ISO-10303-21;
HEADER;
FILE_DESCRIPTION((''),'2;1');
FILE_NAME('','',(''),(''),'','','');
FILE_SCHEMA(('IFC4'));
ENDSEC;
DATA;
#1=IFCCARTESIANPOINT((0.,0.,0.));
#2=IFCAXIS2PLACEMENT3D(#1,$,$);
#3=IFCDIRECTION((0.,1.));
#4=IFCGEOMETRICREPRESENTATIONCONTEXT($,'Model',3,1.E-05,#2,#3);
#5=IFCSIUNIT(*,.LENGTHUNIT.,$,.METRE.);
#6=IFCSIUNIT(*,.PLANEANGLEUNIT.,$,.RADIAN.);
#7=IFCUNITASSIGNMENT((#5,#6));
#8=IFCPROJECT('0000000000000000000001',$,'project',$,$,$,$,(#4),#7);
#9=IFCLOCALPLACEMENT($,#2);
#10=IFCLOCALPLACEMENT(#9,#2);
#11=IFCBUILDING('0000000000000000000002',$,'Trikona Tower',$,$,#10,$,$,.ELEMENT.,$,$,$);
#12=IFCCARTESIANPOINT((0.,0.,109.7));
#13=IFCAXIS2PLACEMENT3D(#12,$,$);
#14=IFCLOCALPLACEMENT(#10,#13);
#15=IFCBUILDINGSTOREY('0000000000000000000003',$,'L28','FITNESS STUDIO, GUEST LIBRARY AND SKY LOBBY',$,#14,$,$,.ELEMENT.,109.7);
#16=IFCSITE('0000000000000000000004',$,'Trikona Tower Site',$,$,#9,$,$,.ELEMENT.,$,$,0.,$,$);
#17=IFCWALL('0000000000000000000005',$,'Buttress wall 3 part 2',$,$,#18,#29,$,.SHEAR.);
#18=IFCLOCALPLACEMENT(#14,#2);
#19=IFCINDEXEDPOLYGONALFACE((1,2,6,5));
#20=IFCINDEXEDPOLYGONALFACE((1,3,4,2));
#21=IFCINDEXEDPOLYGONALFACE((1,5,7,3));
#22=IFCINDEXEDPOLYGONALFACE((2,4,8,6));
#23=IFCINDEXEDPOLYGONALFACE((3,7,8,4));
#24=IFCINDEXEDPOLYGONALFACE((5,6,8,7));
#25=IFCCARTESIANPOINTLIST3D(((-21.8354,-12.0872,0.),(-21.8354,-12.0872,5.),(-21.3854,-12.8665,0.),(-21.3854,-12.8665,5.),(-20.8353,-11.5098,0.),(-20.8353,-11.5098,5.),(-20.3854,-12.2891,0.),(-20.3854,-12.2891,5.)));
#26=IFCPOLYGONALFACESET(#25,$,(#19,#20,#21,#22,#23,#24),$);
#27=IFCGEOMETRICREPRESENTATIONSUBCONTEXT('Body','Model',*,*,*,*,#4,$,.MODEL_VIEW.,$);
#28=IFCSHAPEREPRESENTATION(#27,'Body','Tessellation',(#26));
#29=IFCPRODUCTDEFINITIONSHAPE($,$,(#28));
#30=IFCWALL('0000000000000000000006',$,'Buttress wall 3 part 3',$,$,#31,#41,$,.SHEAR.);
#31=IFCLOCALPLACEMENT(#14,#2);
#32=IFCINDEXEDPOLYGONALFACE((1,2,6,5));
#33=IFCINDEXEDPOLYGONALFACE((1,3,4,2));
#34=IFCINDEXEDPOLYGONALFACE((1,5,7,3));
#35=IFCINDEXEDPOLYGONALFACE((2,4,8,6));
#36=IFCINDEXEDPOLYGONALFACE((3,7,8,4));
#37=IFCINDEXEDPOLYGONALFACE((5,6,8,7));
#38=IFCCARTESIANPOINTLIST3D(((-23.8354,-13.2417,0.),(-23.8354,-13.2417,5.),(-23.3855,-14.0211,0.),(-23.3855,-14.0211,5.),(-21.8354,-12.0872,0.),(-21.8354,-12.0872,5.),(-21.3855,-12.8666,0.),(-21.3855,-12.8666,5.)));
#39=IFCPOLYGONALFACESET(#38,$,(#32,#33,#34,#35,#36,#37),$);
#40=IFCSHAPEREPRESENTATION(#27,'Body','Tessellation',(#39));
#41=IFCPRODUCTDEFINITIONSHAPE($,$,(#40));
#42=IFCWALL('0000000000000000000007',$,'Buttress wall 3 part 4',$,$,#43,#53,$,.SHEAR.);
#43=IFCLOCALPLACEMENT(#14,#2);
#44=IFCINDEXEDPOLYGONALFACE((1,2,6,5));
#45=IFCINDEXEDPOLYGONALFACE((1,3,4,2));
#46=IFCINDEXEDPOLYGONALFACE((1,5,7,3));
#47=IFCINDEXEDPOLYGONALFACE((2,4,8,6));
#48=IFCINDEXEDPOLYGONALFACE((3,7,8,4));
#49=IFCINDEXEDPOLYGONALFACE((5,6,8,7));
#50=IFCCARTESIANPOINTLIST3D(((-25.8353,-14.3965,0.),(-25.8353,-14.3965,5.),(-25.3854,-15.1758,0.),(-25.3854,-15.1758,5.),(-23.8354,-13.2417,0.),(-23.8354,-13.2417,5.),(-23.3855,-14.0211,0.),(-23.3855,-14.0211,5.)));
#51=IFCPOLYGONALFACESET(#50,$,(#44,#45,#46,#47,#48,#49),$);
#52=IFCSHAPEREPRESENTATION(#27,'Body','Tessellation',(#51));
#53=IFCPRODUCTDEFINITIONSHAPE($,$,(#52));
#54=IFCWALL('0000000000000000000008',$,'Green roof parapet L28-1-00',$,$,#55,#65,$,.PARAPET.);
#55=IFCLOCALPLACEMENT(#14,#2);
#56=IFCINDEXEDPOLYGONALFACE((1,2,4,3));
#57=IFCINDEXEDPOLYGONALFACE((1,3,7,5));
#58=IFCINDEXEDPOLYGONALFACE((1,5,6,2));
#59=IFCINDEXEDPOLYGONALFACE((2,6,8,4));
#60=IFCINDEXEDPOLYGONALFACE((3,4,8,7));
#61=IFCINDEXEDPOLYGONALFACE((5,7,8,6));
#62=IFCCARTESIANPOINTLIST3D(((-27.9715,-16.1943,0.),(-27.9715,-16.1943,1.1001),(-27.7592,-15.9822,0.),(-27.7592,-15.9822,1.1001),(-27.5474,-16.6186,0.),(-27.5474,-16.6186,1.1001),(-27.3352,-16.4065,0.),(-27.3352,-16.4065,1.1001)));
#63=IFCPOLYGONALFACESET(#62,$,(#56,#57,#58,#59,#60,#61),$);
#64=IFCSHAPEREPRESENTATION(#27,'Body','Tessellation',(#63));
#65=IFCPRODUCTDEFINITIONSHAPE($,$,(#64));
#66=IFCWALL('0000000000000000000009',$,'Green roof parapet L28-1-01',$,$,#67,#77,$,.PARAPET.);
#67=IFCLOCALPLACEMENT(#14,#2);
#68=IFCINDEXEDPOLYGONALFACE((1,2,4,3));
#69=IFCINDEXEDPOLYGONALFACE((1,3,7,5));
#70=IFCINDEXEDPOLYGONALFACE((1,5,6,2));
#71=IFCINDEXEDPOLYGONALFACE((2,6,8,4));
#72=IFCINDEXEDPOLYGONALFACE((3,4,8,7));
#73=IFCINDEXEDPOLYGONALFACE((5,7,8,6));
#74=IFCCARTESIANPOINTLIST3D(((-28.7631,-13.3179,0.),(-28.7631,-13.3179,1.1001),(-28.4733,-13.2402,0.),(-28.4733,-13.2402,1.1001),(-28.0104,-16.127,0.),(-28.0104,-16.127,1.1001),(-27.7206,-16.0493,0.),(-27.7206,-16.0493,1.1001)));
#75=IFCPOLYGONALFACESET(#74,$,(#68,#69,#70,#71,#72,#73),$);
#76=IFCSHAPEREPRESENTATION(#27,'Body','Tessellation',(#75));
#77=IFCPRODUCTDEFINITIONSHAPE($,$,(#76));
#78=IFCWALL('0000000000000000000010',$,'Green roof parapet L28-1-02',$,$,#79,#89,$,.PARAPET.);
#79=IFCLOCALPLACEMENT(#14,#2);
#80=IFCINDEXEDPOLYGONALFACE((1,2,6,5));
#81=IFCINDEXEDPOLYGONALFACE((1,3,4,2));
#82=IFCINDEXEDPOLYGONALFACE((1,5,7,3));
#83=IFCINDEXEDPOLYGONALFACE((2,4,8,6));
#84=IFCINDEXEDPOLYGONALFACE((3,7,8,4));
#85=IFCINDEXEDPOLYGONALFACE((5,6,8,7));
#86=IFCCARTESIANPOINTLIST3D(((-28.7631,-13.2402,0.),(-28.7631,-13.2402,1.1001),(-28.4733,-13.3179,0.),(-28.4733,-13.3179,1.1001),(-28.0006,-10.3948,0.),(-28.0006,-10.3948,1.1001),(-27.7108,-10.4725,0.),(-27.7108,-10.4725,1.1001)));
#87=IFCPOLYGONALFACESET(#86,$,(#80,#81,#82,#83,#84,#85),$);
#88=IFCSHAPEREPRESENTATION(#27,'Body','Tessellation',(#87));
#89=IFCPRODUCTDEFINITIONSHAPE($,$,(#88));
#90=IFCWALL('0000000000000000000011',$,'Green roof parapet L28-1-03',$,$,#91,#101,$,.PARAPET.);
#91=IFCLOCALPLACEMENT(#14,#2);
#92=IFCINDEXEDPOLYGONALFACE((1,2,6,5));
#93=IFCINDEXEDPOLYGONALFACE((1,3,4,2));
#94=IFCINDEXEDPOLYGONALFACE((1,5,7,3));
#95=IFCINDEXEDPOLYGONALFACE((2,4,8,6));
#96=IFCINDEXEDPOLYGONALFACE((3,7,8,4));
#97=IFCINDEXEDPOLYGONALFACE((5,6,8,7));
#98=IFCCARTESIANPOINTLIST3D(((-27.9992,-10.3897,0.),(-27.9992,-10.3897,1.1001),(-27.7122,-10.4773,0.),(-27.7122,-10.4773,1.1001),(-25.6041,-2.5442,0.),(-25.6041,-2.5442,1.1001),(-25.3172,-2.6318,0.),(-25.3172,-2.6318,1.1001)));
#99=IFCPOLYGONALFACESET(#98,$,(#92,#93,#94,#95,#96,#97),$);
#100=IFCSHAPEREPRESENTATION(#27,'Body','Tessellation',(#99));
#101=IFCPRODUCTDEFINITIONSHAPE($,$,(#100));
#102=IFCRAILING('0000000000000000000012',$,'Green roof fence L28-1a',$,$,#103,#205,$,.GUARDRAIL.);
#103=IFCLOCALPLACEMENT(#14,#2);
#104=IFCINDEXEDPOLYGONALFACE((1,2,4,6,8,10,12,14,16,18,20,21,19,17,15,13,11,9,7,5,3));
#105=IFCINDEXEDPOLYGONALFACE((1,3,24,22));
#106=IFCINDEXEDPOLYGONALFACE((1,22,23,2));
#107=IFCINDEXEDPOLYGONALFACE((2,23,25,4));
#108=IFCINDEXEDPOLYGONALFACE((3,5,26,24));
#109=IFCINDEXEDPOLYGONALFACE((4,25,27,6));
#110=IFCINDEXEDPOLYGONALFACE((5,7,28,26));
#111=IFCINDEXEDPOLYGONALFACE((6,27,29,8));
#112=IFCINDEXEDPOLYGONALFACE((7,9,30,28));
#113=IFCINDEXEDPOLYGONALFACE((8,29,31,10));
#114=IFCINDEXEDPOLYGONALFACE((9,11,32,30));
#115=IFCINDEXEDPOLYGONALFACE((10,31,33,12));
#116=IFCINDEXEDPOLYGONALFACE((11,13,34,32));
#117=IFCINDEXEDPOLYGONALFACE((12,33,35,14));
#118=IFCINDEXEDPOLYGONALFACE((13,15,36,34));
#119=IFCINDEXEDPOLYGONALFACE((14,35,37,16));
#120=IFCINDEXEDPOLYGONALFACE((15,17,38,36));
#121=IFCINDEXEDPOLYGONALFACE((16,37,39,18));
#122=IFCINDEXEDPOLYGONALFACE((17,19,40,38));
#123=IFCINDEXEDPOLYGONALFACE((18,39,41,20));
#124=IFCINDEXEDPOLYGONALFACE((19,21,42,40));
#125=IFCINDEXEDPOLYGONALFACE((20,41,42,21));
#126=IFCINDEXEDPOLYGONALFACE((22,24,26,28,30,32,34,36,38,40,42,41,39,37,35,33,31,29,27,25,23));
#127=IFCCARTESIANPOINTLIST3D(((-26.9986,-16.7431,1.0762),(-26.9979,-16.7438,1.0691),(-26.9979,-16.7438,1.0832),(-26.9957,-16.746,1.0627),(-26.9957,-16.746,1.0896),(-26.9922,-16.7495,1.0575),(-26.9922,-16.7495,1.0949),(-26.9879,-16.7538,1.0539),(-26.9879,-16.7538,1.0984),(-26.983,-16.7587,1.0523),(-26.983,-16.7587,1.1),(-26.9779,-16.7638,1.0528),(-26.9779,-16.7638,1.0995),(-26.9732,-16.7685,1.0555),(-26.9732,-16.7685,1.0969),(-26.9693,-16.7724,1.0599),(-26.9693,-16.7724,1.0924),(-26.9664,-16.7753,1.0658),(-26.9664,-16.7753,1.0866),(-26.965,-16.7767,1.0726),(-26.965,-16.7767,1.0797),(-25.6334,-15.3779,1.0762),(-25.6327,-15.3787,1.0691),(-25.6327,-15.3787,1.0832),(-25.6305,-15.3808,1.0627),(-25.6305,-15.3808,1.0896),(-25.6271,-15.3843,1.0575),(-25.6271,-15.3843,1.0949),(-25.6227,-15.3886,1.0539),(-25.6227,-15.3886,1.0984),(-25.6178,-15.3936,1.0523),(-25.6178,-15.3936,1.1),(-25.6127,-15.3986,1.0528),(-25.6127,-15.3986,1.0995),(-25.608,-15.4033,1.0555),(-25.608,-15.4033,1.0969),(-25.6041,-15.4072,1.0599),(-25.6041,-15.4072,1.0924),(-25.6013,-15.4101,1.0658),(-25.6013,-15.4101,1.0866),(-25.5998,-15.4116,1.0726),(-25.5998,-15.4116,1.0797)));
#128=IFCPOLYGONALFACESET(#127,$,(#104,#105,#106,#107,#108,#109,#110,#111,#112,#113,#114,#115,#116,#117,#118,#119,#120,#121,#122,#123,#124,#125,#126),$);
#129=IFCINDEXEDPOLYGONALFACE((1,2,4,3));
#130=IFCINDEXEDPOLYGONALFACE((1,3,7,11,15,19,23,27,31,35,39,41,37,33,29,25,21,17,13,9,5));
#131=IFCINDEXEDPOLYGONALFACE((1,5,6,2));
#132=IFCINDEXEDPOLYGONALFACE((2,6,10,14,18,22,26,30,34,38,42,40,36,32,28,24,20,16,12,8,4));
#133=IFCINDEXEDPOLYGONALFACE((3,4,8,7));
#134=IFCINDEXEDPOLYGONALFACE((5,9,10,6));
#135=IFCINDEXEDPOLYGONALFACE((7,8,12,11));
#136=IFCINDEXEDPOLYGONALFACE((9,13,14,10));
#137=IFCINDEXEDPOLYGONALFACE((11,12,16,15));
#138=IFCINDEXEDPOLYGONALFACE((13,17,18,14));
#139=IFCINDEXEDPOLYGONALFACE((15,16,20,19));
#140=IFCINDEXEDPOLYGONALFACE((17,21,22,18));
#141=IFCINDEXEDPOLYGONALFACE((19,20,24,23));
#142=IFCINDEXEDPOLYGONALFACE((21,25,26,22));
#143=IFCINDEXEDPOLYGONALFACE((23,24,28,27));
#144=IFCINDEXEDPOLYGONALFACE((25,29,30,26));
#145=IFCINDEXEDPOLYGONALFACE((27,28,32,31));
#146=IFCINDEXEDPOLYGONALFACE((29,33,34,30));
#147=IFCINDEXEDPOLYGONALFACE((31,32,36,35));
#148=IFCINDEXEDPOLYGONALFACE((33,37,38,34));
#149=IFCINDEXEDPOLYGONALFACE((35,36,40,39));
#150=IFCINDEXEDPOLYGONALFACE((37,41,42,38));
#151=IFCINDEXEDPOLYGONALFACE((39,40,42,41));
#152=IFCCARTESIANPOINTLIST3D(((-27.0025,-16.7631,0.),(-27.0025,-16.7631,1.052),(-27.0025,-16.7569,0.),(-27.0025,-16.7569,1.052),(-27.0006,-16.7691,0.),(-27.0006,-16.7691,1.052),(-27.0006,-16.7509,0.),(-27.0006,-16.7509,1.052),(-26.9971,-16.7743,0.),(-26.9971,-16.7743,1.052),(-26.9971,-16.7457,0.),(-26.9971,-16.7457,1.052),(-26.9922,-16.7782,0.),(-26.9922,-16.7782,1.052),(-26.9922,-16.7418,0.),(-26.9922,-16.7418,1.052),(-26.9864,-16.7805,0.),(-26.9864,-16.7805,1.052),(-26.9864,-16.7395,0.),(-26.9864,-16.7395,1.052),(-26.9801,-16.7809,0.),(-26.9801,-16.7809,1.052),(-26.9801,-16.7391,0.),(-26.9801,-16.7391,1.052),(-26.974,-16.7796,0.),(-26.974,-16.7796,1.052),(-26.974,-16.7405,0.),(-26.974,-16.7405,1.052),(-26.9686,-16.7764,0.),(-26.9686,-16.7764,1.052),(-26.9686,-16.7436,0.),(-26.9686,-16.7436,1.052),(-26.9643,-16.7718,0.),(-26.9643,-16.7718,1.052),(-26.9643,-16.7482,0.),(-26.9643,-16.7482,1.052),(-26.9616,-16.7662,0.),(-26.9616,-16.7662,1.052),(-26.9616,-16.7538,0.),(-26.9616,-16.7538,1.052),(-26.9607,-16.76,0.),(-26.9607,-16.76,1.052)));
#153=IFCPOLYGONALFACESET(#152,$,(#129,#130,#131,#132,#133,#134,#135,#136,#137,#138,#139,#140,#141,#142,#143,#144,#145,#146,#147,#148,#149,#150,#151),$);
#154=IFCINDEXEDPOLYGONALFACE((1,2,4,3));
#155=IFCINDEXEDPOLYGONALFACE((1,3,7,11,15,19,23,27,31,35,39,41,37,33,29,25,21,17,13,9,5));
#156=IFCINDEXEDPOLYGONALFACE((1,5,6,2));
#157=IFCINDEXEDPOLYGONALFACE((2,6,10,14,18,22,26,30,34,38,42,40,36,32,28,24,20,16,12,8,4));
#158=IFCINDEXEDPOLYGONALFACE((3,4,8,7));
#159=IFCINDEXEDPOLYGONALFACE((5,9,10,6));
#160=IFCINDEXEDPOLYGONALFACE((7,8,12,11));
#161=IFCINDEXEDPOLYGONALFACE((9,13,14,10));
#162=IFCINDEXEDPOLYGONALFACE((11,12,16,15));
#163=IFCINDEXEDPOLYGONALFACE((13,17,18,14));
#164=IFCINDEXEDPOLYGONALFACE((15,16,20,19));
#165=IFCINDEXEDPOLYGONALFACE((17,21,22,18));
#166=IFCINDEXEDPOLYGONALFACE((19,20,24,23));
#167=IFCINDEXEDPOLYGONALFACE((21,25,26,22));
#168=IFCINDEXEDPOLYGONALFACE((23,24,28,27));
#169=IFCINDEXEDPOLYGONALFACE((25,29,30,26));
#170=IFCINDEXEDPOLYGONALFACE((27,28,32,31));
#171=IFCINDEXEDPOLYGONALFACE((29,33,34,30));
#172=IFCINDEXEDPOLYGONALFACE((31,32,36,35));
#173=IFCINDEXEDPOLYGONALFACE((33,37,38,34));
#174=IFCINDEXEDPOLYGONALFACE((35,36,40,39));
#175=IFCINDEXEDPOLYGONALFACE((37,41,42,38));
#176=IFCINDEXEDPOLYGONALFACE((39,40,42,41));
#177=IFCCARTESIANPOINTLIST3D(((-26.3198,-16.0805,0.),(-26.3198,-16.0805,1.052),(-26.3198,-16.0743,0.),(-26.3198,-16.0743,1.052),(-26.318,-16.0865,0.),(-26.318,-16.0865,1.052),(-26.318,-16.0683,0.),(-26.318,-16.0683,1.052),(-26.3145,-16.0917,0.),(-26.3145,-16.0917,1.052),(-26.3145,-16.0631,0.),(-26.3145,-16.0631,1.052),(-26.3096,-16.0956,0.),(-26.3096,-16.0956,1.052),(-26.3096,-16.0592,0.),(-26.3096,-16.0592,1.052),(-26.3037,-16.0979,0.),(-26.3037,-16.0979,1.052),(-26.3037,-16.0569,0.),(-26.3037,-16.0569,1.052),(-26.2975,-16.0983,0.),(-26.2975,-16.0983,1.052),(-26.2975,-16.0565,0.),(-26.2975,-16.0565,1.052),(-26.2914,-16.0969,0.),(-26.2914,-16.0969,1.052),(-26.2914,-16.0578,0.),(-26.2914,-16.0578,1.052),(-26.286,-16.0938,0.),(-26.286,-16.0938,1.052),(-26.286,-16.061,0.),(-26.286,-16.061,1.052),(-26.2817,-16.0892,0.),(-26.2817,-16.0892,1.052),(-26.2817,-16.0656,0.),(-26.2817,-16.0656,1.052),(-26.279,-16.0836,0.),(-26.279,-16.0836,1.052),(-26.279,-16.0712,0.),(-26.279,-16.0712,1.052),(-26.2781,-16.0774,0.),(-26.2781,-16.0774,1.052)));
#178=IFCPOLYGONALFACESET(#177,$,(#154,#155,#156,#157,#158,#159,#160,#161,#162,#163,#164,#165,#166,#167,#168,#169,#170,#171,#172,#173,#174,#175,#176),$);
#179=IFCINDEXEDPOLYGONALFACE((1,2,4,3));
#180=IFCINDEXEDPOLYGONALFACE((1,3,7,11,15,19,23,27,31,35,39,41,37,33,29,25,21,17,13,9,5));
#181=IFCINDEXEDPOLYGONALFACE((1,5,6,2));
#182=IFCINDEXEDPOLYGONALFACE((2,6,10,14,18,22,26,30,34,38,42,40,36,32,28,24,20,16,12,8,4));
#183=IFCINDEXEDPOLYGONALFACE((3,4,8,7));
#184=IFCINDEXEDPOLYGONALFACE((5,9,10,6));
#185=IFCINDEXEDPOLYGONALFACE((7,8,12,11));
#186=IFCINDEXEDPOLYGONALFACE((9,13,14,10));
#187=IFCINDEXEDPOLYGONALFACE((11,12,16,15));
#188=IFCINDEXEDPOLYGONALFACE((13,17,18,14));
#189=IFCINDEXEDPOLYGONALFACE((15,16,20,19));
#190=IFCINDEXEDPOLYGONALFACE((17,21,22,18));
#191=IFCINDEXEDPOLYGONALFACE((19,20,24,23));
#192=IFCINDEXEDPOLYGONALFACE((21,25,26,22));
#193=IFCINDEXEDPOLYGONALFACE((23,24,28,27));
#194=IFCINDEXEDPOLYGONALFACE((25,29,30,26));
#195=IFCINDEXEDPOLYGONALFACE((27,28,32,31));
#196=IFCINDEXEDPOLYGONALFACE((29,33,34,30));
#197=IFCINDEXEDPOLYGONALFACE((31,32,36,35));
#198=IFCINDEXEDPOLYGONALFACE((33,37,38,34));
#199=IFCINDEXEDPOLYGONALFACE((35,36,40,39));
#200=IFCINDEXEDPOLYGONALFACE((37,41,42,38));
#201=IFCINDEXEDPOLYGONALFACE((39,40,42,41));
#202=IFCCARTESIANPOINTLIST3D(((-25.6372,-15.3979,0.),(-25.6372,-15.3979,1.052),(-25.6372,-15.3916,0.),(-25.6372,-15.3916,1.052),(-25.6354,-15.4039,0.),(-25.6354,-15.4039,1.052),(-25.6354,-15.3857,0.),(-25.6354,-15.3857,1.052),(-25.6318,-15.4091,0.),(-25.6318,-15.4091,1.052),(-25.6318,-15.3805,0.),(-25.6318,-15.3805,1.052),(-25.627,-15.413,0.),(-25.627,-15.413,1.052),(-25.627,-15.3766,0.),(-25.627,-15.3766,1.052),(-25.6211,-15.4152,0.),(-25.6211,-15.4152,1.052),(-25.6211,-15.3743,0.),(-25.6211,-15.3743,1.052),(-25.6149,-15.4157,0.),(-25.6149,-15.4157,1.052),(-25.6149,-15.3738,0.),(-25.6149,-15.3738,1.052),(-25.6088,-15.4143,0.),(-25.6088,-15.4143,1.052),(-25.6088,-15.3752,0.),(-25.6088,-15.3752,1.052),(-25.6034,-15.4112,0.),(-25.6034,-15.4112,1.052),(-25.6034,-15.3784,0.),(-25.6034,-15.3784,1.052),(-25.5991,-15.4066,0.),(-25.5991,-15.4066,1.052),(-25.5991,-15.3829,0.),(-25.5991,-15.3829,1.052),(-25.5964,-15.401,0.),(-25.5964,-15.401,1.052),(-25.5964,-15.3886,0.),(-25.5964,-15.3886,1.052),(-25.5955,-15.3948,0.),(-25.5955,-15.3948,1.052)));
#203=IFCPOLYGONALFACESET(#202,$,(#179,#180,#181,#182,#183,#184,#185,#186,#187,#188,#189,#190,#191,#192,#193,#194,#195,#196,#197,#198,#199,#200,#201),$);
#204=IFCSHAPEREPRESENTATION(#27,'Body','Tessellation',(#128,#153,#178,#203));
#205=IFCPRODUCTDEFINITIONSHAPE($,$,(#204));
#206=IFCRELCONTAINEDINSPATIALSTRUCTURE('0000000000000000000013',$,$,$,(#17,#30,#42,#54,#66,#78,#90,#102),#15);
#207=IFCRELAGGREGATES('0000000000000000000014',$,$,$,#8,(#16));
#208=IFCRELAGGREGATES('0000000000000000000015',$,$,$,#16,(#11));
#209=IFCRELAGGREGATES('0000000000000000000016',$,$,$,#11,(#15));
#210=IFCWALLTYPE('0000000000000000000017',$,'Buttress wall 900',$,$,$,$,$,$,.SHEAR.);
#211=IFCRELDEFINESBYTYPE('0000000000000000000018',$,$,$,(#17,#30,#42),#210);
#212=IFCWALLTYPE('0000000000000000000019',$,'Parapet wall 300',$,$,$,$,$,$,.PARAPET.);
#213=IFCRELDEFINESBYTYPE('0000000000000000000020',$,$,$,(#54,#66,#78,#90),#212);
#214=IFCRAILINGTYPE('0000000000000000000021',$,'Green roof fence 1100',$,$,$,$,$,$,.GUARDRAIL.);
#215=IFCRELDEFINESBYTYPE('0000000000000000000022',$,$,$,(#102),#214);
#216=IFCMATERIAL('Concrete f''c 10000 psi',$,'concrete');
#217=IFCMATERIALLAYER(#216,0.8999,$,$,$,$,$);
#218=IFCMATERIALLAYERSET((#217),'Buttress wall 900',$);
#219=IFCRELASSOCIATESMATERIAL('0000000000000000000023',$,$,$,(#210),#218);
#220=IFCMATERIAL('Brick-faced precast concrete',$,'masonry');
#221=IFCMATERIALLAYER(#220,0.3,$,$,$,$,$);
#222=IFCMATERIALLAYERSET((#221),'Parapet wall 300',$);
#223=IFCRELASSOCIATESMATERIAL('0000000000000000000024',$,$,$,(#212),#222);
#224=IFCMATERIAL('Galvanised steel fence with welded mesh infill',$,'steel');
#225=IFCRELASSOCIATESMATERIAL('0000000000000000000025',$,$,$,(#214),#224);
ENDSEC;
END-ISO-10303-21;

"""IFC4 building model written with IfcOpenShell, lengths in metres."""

from ifc_helpers import new_model, si_unit, direction, frame, frame_2d, origin, origin_2d, place, context, subcontext, project, spatial, rectangle, circle, extrude, material, layer, layer_set, type_object, element, save


model = new_model("IFC4")

# Units and contexts
model_context = context("Model", 3, precision=1e-05, world=origin(), true_north=direction((0.0, 1.0)))
body_context = subcontext(model_context, "Body", "Model", "MODEL_VIEW")
ifc_project = project(units=[si_unit("LENGTHUNIT", "METRE"), si_unit("PLANEANGLEUNIT", "RADIAN")], contexts=[model_context])

# Site, building, storey
site_placement = place(None, origin())
site = spatial("IfcSite", under=ifc_project, at=site_placement, Name="Trikona Tower Site", CompositionType="ELEMENT", RefElevation=0.0)
building_placement = place(site_placement, origin())
building = spatial("IfcBuilding", under=site, at=building_placement, Name="Trikona Tower", CompositionType="ELEMENT")
storey_placement = place(building_placement, frame((0.0, 0.0, 109.7)))
storey = spatial("IfcBuildingStorey", under=building, at=storey_placement, Name="L28", Description="FITNESS STUDIO, GUEST LIBRARY AND SKY LOBBY", CompositionType="ELEMENT", Elevation=109.7)

# Walls
ifc_material_1 = material(Name="Concrete f'c 10000 psi", Category="concrete")
ifc_layer_1 = layer(ifc_material_1, 0.8999)
ifc_layer_set_1 = layer_set([ifc_layer_1], Name="Buttress wall 900")
wall_type_1 = type_object("IfcWallType", Name="Buttress wall 900", PredefinedType="SHEAR", material=ifc_layer_set_1)
wall_1_placement = place(storey_placement, frame((-20.6104, -11.8994, 0.0), z_axis=(0.0, 0.0, 1.0), x_axis=(-0.86601, -0.500027, 0.0)))
element("IfcWall", 1, at=wall_1_placement, inside=storey, type_object=wall_type_1, Name="Buttress wall 3 part 2", PredefinedType="SHEAR", context=body_context, shape_type="SweptSolid", body=[
    extrude(rectangle(XDim=1.1548, YDim=0.8999, at=frame_2d((0.5774, 0.0))), origin(), (0.0, 0.0, 1.0), 5.0),
])
for number, where, z_axis, x_axis, name in (
    (2, (-21.6104, -12.4768, 0.0), (0.0, 0.0, 1.0), (-0.866055, -0.499948, 0.0), "Buttress wall 3 part 3"),
    (3, (-23.6104, -13.6313, 0.0), (0.0, 0.0, 1.0), (-0.86601, -0.500027, 0.0), "Buttress wall 3 part 4"),
):
    element("IfcWall", number, at=place(storey_placement, frame(where, z_axis=z_axis, x_axis=x_axis)), inside=storey, type_object=wall_type_1, Name=name, PredefinedType="SHEAR", context=body_context, shape_type="SweptSolid", body=[
        extrude(rectangle(XDim=2.3093, YDim=0.8999, at=frame_2d((1.1548, 0.0))), origin(), (0.0, 0.0, 1.0), 5.0),
    ])

# Walls
ifc_material_2 = material(Name="Brick-faced precast concrete", Category="masonry")
ifc_layer_2 = layer(ifc_material_2, 0.3)
ifc_layer_set_2 = layer_set([ifc_layer_2], Name="Parapet wall 300")
wall_type_2 = type_object("IfcWallType", Name="Parapet wall 300", PredefinedType="PARAPET", material=ifc_layer_set_2)
wall_2_placement = place(storey_placement, frame((-27.4414, -16.5125, 0.0), z_axis=(0.0, 0.0, 1.0), x_axis=(-0.706903, 0.70731, 0.0)))
element("IfcWall", 4, at=wall_2_placement, inside=storey, type_object=wall_type_2, Name="Green roof parapet L28-1-00", PredefinedType="PARAPET", context=body_context, shape_type="SweptSolid", body=[
    extrude(rectangle(XDim=0.5999, YDim=0.3, at=frame_2d((0.2998, 0.0))), origin(), (0.0, 0.0, 1.0), 1.1001),
])
wall_3_placement = place(storey_placement, frame((-27.8655, -16.0881, 0.0), z_axis=(0.0, 0.0, 1.0), x_axis=(-0.258817, 0.965926, 0.0)))
element("IfcWall", 5, at=wall_3_placement, inside=storey, type_object=wall_type_2, Name="Green roof parapet L28-1-01", PredefinedType="PARAPET", context=body_context, shape_type="SweptSolid", body=[
    extrude(rectangle(XDim=2.9082, YDim=0.3, at=frame_2d((1.4541, 0.0))), origin(), (0.0, 0.0, 1.0), 1.1001),
])
wall_4_placement = place(storey_placement, frame((-28.6182, -13.2791, 0.0), z_axis=(0.0, 0.0, 1.0), x_axis=(0.258823, 0.965925, 0.0)))
element("IfcWall", 6, at=wall_4_placement, inside=storey, type_object=wall_type_2, Name="Green roof parapet L28-1-02", PredefinedType="PARAPET", context=body_context, shape_type="SweptSolid", body=[
    extrude(rectangle(XDim=2.9458, YDim=0.3, at=frame_2d((1.4729, 0.0))), origin(), (0.0, 0.0, 1.0), 1.1001),
])
wall_5_placement = place(storey_placement, frame((-27.8557, -10.4336, 0.0), z_axis=(0.0, 0.0, 1.0), x_axis=(0.291973, 0.956427, 0.0)))
element("IfcWall", 7, at=wall_5_placement, inside=storey, type_object=wall_type_2, Name="Green roof parapet L28-1-03", PredefinedType="PARAPET", context=body_context, shape_type="SweptSolid", body=[
    extrude(rectangle(XDim=8.2029, YDim=0.3, at=frame_2d((4.1016, 0.0))), origin(), (0.0, 0.0, 1.0), 1.1001),
])

# Railing
ifc_material_3 = material(Name="Galvanised steel fence with welded mesh infill", Category="steel")
railing_type = type_object("IfcRailingType", Name="Green roof fence 1100", PredefinedType="GUARDRAIL", material=ifc_material_3)
railing_placement = place(storey_placement, frame((-26.9817, -16.76, 0.0)))
element("IfcRailing", 8, at=railing_placement, inside=storey, type_object=railing_type, Name="Green roof fence L28-1a", PredefinedType="GUARDRAIL", context=body_context, shape_type="SweptSolid", body=[
    extrude(circle(Radius=0.0239, at=origin_2d()), frame((0.0, 0.0, 1.0762), z_axis=(0.707107, 0.707107, 0.0), x_axis=(-0.707107, 0.707107, 0.0)), (0.0, 0.0, 1.0), 1.9307),
    extrude(circle(Radius=0.021, at=origin_2d()), origin(), (0.0, 0.0, 1.0), 1.052),
    extrude(circle(Radius=0.021, at=origin_2d()), frame((0.6826, 0.6826, 0.0)), (0.0, 0.0, 1.0), 1.052),
    extrude(circle(Radius=0.021, at=origin_2d()), frame((1.3652, 1.3652, 0.0)), (0.0, 0.0, 1.0), 1.052),
])

save(model, "model.ifc")
